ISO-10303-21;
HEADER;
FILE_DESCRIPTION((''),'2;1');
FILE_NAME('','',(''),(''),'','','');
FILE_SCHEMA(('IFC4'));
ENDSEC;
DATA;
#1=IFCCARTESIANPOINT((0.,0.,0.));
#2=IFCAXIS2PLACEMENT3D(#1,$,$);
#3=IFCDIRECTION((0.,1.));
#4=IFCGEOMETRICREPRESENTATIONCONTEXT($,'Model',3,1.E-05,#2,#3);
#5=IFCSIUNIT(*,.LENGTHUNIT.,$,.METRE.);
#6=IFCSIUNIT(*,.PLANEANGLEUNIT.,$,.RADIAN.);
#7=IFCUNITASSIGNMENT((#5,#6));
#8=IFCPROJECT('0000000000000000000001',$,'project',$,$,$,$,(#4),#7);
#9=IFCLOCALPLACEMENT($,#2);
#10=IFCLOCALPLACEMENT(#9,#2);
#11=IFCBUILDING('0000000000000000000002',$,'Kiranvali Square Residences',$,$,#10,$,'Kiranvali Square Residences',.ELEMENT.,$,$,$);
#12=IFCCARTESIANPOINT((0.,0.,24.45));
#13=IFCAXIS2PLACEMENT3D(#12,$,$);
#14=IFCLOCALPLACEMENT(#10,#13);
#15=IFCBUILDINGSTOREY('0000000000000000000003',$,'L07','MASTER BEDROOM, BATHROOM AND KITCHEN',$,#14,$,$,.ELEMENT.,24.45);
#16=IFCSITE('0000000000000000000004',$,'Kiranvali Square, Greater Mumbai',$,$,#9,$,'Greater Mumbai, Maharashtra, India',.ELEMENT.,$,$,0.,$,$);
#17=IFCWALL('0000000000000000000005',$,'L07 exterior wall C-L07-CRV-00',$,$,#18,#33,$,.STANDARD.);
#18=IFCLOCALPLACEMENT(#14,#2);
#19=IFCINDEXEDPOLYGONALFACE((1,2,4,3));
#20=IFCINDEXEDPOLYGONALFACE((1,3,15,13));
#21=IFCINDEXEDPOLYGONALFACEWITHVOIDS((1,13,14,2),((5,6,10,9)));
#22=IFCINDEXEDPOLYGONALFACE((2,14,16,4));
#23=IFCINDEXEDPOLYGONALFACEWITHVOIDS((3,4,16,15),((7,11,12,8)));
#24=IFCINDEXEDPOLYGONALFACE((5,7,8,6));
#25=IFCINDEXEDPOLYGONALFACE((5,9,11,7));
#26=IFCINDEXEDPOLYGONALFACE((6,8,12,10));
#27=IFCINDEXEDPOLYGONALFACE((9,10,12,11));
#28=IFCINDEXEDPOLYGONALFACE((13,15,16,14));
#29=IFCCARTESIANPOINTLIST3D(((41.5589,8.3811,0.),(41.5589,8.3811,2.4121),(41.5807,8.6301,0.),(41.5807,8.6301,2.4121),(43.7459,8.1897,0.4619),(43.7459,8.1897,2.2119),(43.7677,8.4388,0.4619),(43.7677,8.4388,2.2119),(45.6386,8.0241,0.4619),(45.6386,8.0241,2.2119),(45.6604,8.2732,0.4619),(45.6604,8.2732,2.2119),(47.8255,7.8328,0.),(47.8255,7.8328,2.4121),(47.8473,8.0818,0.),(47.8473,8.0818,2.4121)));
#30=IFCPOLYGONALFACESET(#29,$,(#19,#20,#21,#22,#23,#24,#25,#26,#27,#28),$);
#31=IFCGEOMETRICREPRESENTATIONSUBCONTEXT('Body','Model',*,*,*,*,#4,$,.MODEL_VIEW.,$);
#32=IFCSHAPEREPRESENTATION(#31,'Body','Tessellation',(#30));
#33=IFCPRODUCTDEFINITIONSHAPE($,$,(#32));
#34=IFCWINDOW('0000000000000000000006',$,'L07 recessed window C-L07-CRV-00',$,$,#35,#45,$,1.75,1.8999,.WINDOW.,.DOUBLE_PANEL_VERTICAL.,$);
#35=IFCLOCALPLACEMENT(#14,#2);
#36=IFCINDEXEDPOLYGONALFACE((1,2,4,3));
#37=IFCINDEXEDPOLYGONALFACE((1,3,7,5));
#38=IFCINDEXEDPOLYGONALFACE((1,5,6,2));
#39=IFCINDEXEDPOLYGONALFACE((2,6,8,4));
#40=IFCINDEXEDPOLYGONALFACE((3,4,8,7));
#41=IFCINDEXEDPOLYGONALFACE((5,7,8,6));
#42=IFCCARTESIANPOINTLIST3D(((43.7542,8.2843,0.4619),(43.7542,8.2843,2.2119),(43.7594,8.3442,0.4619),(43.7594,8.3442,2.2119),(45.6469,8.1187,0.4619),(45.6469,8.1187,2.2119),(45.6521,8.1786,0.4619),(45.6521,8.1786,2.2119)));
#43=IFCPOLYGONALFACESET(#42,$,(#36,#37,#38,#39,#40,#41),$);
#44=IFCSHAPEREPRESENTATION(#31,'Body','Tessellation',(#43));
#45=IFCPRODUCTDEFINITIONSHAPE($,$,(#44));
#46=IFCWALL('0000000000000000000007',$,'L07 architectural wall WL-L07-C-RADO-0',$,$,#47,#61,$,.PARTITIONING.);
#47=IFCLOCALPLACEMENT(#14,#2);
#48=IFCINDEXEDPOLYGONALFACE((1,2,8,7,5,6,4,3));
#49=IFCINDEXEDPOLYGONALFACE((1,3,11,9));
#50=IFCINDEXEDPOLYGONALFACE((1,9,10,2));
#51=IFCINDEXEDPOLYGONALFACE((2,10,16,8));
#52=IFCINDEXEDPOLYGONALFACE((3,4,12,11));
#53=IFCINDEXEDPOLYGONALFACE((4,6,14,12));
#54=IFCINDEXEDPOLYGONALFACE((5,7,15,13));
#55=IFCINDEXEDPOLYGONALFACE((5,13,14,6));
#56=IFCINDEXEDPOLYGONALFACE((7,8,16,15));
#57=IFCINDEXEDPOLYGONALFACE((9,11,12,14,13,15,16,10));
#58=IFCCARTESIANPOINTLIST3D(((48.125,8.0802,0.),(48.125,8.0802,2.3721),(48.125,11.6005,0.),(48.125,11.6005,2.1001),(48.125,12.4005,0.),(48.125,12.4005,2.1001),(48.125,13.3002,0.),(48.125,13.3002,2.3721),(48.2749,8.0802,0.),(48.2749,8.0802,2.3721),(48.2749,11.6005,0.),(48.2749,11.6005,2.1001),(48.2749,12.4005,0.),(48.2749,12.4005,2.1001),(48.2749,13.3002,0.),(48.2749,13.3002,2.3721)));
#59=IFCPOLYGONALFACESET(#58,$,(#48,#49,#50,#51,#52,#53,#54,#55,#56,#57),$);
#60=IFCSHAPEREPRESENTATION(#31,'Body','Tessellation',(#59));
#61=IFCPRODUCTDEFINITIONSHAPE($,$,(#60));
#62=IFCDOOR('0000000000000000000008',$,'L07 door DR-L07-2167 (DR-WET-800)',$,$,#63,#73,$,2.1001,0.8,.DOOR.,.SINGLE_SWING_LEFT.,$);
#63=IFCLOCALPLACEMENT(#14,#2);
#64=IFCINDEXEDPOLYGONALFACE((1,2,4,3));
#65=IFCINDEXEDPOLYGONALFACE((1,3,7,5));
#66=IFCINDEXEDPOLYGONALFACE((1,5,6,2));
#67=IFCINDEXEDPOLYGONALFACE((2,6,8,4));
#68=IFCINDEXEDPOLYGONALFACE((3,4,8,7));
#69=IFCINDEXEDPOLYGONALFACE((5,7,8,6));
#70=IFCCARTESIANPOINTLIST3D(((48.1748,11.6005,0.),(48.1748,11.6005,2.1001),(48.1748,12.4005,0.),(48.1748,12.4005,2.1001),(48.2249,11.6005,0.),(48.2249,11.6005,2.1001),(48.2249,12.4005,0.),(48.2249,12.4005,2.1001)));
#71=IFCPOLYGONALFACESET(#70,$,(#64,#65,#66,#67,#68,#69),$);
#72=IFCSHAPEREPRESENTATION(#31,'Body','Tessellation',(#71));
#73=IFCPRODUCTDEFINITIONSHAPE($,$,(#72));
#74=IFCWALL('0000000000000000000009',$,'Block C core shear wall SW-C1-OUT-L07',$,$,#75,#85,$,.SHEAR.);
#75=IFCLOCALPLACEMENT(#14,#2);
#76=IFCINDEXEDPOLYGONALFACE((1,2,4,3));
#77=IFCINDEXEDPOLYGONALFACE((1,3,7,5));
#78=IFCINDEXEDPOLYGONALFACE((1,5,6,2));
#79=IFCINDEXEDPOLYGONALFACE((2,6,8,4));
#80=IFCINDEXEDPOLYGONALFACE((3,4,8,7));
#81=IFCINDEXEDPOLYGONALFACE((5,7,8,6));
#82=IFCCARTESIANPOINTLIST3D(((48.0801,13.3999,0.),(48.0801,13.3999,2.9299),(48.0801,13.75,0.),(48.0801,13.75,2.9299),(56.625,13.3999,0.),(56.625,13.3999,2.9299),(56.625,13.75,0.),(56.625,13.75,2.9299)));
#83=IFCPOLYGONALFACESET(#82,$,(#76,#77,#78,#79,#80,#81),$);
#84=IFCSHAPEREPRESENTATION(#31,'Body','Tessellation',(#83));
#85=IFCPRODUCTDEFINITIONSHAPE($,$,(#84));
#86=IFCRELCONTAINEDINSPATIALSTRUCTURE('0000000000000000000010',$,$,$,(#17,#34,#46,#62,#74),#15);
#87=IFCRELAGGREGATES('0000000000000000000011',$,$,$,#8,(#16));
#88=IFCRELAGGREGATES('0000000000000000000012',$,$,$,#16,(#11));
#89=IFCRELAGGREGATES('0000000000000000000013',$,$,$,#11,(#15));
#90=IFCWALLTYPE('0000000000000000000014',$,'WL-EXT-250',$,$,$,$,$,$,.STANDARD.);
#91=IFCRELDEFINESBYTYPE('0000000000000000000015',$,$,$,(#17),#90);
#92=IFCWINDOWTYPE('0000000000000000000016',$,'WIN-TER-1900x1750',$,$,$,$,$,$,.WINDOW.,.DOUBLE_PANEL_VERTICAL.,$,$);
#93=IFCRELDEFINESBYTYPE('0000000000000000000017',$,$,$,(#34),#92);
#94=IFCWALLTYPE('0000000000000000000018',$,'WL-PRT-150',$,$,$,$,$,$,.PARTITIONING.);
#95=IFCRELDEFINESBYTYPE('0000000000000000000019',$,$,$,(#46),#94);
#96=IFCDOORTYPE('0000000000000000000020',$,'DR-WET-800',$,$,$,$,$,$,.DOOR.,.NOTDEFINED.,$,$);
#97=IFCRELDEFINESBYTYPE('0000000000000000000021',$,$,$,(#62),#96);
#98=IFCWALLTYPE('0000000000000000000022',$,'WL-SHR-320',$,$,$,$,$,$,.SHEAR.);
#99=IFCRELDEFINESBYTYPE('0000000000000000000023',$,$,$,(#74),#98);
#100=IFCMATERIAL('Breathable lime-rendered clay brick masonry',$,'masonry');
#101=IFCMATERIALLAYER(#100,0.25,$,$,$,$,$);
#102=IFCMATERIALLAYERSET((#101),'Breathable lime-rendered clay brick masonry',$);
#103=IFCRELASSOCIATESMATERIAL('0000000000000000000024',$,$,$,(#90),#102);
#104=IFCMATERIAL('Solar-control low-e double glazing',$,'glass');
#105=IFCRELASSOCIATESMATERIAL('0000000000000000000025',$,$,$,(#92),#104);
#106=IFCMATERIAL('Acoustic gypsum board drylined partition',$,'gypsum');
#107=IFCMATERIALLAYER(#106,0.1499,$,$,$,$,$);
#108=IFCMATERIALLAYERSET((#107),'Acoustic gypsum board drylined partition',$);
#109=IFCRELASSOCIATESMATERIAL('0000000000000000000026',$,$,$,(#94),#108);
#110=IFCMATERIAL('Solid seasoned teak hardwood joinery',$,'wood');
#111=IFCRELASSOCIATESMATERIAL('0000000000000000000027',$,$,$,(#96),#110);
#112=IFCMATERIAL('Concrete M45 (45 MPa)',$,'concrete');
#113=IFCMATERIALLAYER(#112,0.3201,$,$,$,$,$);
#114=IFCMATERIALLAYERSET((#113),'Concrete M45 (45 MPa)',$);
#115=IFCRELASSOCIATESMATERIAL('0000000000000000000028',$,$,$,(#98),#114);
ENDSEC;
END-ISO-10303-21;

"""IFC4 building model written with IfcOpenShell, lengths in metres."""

from ifc_helpers import new_model, si_unit, direction, frame, frame_2d, origin, place, context, subcontext, project, spatial, rectangle, extrude, material, layer, layer_set, type_object, element, fill, save


model = new_model("IFC4")

# Units and contexts
model_context = context("Model", 3, precision=1e-05, world=origin(), true_north=direction((0.0, 1.0)))
body_context = subcontext(model_context, "Body", "Model", "MODEL_VIEW")
ifc_project = project(units=[si_unit("LENGTHUNIT", "METRE"), si_unit("PLANEANGLEUNIT", "RADIAN")], contexts=[model_context])

# Site, building, storey
site_placement = place(None, origin())
site = spatial("IfcSite", under=ifc_project, at=site_placement, Name="Kiranvali Square, Greater Mumbai", LongName="Greater Mumbai, Maharashtra, India", CompositionType="ELEMENT", RefElevation=0.0)
building_placement = place(site_placement, origin())
building = spatial("IfcBuilding", under=site, at=building_placement, Name="Kiranvali Square Residences", LongName="Kiranvali Square Residences", CompositionType="ELEMENT")
storey_placement = place(building_placement, frame((0.0, 0.0, 24.45)))
storey = spatial("IfcBuildingStorey", under=building, at=storey_placement, Name="L07", Description="MASTER BEDROOM, BATHROOM AND KITCHEN", CompositionType="ELEMENT", Elevation=24.45)

# Shared definitions
ifc_material_1 = material(Name="Concrete M45 (45 MPa)", Category="concrete")

# Wall, opening, window
ifc_material_2 = material(Name="Breathable lime-rendered clay brick masonry", Category="masonry")
ifc_layer_1 = layer(ifc_material_2, 0.25)
ifc_layer_set_1 = layer_set([ifc_layer_1], Name="Breathable lime-rendered clay brick masonry")
wall_type_1 = type_object("IfcWallType", Name="WL-EXT-250", PredefinedType="STANDARD", material=ifc_layer_set_1)
wall_1_placement = place(storey_placement, frame((47.8364, 7.9573, 0.0), z_axis=(0.0, 0.0, 1.0), x_axis=(-0.996194, 0.087169, 0.0)))
wall_1 = element("IfcWall", 1, at=wall_1_placement, inside=storey, type_object=wall_type_1, Name="L07 exterior wall C-L07-CRV-00", PredefinedType="STANDARD", context=body_context, shape_type="SweptSolid", body=[
    extrude(rectangle(XDim=6.2905, YDim=0.25, at=frame_2d((3.1453, 0.0))), origin(), (0.0, 0.0, 1.0), 2.4121),
])
opening_1_placement = place(wall_1_placement, frame((2.1953, 0.0, 0.4619)))
opening_1 = element("IfcOpeningElement", 2, at=opening_1_placement, cuts=wall_1, PredefinedType="OPENING", context=body_context, shape_type="SweptSolid", body=[
    extrude(rectangle(XDim=1.8999, YDim=1.75, at=frame_2d((0.95, 0.875))), frame((0.0, 0.135, 0.0), z_axis=(0.0, -1.0, 0.0), x_axis=(1.0, 0.0, 0.0)), (0.0, 0.0, 1.0), 0.27),
])
ifc_material_3 = material(Name="Solar-control low-e double glazing", Category="glass")
window_type_1 = type_object("IfcWindowType", Name="WIN-TER-1900x1750", PartitioningType="DOUBLE_PANEL_VERTICAL", PredefinedType="WINDOW", material=ifc_material_3)
window_1_placement = place(opening_1_placement, origin())
window_1 = element("IfcWindow", 3, at=window_1_placement, inside=storey, type_object=window_type_1, Name="L07 recessed window C-L07-CRV-00", OverallHeight=1.75, OverallWidth=1.8999, PartitioningType="DOUBLE_PANEL_VERTICAL", PredefinedType="WINDOW", context=body_context, shape_type="SweptSolid", body=[
    extrude(rectangle(XDim=1.8999, YDim=1.75, at=frame_2d((0.95, 0.875))), frame((0.0, 0.03, 0.0), z_axis=(0.0, -1.0, 0.0), x_axis=(1.0, 0.0, 0.0)), (0.0, 0.0, 1.0), 0.0601),
])
fill(opening_1, window_1)

# Wall, opening, door
ifc_material_4 = material(Name="Acoustic gypsum board drylined partition", Category="gypsum")
ifc_layer_2 = layer(ifc_material_4, 0.1499)
ifc_layer_set_2 = layer_set([ifc_layer_2], Name="Acoustic gypsum board drylined partition")
wall_type_2 = type_object("IfcWallType", Name="WL-PRT-150", PredefinedType="PARTITIONING", material=ifc_layer_set_2)
wall_2_placement = place(storey_placement, frame((48.2, 13.3, 0.0), z_axis=(0.0, 0.0, 1.0), x_axis=(0.0, -1.0, 0.0)))
wall_2 = element("IfcWall", 4, at=wall_2_placement, inside=storey, type_object=wall_type_2, Name="L07 architectural wall WL-L07-C-RADO-0", PredefinedType="PARTITIONING", context=body_context, shape_type="SweptSolid", body=[
    extrude(rectangle(XDim=5.22, YDim=0.1499, at=frame_2d((2.6099, 0.0))), origin(), (0.0, 0.0, 1.0), 2.3721),
])
opening_2_placement = place(wall_2_placement, frame((0.8997, 0.0, 0.0)))
opening_2 = element("IfcOpeningElement", 5, at=opening_2_placement, cuts=wall_2, PredefinedType="OPENING", context=body_context, shape_type="SweptSolid", body=[
    extrude(rectangle(XDim=0.8, YDim=2.1001, at=frame_2d((0.3999, 1.05))), frame((0.0, 0.085, 0.0), z_axis=(0.0, -1.0, 0.0), x_axis=(1.0, 0.0, 0.0)), (0.0, 0.0, 1.0), 0.1699),
])
ifc_material_5 = material(Name="Solid seasoned teak hardwood joinery", Category="wood")
door_type_1 = type_object("IfcDoorType", Name="DR-WET-800", OperationType="NOTDEFINED", PredefinedType="DOOR", material=ifc_material_5)
door_1_placement = place(opening_2_placement, origin())
door_1 = element("IfcDoor", 6, at=door_1_placement, inside=storey, type_object=door_type_1, Name="L07 door DR-L07-2167 (DR-WET-800)", OperationType="SINGLE_SWING_LEFT", OverallHeight=2.1001, OverallWidth=0.8, PredefinedType="DOOR", context=body_context, shape_type="SweptSolid", body=[
    extrude(rectangle(XDim=0.8, YDim=2.1001, at=frame_2d((0.3999, 1.05))), frame((0.0, 0.0249, 0.0), z_axis=(0.0, -1.0, 0.0), x_axis=(1.0, 0.0, 0.0)), (0.0, 0.0, 1.0), 0.05),
])
fill(opening_2, door_1)

# Wall
ifc_layer_3 = layer(ifc_material_1, 0.3201)
ifc_layer_set_3 = layer_set([ifc_layer_3], Name="Concrete M45 (45 MPa)")
wall_type_3 = type_object("IfcWallType", Name="WL-SHR-320", PredefinedType="SHEAR", material=ifc_layer_set_3)
wall_3_placement = place(storey_placement, frame((48.0801, 13.575, 0.0), z_axis=(0.0, 0.0, 1.0), x_axis=(1.0, 0.0, 0.0)))
element("IfcWall", 7, at=wall_3_placement, inside=storey, type_object=wall_type_3, Name="Block C core shear wall SW-C1-OUT-L07", PredefinedType="SHEAR", context=body_context, shape_type="SweptSolid", body=[
    extrude(rectangle(XDim=8.5449, YDim=0.3501, at=frame_2d((4.2725, 0.0))), origin(), (0.0, 0.0, 1.0), 2.9299),
])

save(model, "model.ifc")
